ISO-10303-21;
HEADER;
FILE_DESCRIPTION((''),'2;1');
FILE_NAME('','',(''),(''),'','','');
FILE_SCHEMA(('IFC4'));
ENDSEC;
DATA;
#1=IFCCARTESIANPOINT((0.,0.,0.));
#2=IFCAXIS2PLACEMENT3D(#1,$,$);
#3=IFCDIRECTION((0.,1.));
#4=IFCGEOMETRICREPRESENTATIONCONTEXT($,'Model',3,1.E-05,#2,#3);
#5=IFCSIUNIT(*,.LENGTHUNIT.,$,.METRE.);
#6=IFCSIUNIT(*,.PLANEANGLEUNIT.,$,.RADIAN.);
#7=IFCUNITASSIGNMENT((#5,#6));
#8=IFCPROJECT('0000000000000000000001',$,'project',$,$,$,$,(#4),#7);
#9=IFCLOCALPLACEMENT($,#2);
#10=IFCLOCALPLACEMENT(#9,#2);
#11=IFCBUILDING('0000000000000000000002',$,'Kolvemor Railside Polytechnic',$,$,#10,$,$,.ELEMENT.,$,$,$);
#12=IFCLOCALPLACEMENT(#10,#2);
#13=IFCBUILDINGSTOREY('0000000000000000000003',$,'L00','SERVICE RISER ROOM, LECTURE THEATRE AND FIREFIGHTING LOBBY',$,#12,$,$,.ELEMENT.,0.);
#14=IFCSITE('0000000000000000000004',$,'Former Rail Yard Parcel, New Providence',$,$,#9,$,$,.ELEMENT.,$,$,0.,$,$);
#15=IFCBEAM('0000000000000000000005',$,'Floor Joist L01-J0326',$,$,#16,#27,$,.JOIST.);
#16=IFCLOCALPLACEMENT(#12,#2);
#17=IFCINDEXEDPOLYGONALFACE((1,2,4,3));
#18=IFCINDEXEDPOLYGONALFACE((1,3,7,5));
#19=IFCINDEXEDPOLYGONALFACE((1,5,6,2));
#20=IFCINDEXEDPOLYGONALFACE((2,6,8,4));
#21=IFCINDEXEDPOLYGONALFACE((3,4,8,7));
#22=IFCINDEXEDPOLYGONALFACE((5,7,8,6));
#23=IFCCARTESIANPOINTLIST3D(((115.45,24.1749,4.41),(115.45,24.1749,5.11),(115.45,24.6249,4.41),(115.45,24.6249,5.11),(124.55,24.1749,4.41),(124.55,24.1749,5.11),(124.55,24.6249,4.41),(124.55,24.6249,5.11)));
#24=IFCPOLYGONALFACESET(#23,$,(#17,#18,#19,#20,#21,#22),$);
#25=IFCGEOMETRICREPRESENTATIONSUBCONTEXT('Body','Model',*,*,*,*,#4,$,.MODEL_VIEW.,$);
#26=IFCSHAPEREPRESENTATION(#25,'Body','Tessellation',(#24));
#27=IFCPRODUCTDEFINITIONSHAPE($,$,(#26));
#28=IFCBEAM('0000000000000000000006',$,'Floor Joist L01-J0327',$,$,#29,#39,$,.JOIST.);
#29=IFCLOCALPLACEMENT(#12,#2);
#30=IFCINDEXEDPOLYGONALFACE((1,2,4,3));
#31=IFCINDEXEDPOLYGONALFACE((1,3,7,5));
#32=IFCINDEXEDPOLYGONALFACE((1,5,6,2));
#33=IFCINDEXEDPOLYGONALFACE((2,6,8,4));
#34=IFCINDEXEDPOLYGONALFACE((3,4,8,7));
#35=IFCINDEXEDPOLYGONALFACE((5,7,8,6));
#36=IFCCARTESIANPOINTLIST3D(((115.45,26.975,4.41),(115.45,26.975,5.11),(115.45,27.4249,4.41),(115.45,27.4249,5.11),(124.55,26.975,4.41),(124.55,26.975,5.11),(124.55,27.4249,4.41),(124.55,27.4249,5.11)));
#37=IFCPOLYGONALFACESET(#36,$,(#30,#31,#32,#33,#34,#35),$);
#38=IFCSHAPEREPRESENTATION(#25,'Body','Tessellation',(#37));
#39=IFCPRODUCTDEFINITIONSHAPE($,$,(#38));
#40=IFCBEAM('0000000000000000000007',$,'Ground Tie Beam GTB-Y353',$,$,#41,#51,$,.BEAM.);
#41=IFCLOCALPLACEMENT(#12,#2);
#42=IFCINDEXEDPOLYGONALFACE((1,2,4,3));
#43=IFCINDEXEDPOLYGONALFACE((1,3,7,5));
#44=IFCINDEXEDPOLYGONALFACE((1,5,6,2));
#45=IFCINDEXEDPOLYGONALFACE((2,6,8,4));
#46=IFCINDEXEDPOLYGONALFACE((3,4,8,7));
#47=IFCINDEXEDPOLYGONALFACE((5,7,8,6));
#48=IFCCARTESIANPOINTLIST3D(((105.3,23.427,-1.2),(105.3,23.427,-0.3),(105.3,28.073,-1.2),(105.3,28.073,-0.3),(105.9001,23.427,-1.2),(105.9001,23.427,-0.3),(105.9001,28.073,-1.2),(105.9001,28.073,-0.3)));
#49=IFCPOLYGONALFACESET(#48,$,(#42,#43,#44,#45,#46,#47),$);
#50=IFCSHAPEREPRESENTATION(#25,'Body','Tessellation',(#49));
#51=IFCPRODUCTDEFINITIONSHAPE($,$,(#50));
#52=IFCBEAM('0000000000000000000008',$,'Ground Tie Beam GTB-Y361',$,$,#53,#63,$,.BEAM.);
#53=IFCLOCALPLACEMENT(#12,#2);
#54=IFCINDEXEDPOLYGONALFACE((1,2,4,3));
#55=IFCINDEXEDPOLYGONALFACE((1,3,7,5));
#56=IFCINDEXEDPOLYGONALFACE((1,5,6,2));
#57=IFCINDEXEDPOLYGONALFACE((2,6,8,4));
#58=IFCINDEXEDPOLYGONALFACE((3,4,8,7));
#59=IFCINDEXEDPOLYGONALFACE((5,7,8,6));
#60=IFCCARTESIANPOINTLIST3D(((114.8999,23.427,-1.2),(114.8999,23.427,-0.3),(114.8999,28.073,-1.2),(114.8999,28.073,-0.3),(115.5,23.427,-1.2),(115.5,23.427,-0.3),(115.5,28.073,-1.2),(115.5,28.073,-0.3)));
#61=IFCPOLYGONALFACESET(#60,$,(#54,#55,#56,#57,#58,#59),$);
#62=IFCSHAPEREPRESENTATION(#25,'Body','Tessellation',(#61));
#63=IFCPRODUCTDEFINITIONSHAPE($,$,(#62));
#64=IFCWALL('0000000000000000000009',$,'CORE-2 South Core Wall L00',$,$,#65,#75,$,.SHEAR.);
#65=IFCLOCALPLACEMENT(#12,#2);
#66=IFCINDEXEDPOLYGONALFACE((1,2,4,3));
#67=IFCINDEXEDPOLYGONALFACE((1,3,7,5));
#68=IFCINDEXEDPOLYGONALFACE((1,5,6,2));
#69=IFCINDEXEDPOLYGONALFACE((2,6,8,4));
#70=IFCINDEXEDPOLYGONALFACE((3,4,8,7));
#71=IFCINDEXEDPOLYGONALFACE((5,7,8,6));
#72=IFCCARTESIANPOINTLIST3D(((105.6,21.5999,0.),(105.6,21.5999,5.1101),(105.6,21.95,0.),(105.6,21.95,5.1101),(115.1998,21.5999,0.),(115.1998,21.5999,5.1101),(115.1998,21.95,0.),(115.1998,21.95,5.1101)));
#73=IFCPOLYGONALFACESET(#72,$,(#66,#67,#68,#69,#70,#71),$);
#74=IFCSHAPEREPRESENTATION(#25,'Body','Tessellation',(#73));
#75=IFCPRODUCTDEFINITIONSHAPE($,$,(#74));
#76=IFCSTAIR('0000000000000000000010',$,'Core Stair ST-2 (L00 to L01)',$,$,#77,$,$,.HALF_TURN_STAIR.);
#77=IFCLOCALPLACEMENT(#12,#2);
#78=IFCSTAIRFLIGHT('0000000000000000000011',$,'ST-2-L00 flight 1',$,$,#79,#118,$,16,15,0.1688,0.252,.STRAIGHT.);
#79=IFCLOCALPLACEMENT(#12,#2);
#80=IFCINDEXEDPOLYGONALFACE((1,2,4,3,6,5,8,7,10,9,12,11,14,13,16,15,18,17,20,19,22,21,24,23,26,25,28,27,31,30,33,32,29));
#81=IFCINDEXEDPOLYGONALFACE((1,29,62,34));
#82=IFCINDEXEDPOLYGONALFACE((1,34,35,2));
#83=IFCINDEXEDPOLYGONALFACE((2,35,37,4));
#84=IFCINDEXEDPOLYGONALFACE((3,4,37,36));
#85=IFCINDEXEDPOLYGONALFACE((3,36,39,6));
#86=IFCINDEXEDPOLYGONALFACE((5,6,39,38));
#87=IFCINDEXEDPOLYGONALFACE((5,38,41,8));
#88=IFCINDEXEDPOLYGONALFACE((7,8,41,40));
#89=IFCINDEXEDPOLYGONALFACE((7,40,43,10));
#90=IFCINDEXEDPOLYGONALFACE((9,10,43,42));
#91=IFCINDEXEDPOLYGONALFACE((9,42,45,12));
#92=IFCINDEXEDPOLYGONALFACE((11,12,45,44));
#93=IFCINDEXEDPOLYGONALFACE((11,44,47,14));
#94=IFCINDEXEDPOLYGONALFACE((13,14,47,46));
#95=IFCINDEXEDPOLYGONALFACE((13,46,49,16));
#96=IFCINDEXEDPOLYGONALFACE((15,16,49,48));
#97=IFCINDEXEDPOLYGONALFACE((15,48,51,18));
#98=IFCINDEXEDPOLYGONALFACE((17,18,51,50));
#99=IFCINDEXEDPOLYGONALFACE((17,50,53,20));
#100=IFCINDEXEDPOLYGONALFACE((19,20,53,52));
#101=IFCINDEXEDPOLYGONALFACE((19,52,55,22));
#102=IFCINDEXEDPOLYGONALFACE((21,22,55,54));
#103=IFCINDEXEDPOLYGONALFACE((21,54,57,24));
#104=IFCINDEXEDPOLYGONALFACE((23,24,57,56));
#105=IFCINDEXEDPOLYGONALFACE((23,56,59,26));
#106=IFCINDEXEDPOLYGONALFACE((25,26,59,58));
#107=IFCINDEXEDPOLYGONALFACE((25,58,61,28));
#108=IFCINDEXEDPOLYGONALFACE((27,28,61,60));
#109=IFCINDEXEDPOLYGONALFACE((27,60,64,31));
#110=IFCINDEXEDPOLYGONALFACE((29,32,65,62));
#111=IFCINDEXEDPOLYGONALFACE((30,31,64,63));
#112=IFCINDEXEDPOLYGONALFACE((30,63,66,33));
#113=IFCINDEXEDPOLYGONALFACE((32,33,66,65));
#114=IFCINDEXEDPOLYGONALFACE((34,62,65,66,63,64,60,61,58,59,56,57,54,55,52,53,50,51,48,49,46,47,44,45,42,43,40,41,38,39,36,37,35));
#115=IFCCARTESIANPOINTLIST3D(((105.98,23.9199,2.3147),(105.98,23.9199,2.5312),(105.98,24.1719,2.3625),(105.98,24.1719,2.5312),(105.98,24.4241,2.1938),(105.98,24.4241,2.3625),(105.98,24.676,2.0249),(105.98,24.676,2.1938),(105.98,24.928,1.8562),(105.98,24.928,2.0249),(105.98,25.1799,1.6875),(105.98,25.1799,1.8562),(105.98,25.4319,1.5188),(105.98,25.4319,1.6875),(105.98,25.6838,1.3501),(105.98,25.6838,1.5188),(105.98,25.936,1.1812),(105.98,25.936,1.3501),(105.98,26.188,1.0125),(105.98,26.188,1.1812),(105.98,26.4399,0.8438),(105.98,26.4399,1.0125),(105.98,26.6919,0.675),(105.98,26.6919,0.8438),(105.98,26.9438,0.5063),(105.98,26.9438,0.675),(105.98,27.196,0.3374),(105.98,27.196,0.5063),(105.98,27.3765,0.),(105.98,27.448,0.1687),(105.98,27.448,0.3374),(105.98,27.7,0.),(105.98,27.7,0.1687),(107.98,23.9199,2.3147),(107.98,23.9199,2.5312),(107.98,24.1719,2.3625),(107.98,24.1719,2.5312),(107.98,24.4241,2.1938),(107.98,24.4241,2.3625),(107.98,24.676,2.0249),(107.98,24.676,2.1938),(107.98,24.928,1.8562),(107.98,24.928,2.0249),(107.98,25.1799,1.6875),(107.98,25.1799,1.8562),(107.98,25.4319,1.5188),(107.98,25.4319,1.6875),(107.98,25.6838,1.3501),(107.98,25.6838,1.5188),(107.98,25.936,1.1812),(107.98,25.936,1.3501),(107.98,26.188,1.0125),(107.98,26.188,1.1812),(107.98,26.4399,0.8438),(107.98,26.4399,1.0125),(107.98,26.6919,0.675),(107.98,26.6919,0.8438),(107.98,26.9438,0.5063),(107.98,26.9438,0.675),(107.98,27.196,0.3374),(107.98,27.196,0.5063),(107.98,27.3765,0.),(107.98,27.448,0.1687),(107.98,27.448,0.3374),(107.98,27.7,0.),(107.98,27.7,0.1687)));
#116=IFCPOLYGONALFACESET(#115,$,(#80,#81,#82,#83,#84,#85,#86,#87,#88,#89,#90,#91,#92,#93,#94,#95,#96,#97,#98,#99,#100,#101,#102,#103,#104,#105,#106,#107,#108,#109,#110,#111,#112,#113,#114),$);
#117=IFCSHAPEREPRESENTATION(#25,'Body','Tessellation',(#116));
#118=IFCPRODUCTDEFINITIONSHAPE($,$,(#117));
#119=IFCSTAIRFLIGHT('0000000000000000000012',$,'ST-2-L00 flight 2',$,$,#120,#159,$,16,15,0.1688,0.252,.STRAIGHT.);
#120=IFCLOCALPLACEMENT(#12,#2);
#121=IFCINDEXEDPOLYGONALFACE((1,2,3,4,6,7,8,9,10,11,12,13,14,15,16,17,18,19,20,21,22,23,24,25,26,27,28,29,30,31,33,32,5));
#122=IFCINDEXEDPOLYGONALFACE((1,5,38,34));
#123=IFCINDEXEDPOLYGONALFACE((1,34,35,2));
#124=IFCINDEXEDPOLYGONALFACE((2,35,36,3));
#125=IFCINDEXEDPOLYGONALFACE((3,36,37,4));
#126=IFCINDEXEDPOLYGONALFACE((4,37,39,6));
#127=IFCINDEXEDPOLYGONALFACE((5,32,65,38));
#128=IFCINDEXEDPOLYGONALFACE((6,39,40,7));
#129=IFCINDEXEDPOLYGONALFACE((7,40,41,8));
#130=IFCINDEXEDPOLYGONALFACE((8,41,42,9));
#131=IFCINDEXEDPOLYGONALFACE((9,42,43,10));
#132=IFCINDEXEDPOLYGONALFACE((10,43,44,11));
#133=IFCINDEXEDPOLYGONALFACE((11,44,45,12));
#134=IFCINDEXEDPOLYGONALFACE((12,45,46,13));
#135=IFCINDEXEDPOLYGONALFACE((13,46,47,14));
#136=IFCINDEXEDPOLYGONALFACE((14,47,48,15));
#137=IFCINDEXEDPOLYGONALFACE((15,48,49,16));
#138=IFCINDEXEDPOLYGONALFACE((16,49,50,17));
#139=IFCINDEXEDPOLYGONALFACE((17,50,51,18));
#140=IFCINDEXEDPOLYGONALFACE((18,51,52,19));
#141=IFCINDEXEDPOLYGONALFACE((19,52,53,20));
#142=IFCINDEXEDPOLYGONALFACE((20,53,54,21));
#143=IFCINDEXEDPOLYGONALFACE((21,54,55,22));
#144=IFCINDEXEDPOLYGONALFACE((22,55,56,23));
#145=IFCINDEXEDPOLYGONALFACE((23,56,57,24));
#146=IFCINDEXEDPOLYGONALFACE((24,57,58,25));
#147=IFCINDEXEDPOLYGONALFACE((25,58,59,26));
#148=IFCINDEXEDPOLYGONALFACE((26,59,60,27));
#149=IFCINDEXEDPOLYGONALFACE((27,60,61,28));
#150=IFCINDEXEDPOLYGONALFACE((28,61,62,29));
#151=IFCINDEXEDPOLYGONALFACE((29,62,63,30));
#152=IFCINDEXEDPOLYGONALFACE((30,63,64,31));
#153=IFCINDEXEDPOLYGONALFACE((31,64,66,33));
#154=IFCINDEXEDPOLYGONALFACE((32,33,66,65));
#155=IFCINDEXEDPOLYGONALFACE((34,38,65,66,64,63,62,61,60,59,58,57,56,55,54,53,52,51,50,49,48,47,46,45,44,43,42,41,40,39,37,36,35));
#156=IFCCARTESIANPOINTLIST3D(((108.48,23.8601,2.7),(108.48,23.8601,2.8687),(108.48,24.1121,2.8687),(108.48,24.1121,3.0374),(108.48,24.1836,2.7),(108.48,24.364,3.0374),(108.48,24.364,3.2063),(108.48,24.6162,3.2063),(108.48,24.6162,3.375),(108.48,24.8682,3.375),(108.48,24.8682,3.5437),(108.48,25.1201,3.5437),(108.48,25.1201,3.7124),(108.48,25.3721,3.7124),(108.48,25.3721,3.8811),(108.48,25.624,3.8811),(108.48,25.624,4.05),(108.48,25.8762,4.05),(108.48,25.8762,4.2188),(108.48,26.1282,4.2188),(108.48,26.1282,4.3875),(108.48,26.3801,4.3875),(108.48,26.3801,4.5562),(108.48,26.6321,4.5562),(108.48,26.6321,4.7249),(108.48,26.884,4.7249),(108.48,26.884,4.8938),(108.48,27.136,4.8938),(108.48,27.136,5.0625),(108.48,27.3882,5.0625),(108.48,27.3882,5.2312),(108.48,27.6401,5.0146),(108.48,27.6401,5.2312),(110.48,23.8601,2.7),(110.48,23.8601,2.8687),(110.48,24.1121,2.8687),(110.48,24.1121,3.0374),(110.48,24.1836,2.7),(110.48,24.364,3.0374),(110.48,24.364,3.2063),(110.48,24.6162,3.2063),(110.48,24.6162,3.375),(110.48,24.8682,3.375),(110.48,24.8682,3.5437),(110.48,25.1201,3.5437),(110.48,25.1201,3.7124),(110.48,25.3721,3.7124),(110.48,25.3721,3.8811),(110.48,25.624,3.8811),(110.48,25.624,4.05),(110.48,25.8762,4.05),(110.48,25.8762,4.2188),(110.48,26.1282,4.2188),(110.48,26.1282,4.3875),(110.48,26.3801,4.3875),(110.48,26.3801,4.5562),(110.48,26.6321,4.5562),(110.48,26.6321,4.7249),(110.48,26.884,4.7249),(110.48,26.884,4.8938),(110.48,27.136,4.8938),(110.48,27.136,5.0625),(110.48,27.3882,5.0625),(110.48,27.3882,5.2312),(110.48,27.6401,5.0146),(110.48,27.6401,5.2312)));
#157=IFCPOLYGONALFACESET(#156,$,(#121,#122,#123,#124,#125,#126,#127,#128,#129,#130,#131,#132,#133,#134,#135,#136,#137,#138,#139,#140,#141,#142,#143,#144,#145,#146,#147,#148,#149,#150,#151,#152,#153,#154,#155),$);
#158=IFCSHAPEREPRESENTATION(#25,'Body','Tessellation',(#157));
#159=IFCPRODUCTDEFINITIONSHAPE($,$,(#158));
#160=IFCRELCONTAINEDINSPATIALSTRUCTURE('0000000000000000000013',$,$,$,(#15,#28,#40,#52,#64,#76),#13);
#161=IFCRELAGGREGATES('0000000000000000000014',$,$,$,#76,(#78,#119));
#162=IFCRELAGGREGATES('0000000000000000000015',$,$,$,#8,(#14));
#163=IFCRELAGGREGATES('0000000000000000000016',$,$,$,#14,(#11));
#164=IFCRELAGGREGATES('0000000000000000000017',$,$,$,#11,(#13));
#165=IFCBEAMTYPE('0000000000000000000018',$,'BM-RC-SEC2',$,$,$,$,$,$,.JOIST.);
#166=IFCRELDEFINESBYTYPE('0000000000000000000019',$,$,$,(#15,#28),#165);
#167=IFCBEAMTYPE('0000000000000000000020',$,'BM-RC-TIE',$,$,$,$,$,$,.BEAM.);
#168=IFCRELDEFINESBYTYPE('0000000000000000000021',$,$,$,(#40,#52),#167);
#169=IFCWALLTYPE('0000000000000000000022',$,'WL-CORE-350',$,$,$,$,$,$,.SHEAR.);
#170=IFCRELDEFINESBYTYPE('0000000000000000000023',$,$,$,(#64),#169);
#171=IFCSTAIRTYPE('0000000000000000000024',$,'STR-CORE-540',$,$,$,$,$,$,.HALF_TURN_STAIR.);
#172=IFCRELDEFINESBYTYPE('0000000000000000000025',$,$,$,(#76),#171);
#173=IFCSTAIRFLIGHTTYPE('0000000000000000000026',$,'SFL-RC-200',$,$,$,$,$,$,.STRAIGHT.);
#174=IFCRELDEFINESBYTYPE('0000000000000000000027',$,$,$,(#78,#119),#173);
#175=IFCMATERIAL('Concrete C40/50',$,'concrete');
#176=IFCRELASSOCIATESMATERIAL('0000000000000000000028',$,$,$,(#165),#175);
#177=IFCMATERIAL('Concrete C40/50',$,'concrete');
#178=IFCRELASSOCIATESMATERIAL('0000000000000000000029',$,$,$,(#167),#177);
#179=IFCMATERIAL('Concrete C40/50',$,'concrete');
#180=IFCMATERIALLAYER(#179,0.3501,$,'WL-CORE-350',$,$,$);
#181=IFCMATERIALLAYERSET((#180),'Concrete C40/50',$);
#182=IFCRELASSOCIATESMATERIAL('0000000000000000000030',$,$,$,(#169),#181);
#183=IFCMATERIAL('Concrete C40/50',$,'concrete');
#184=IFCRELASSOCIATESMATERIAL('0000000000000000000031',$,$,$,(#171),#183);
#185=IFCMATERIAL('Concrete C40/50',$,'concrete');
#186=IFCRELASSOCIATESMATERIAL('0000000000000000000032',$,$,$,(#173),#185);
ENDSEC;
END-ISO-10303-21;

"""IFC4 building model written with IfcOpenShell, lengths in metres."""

from ifc_helpers import new_model, si_unit, direction, frame, frame_2d, origin, origin_2d, place, context, subcontext, project, spatial, polyline, rectangle, outline, extrude, material, layer, layer_set, material_profile, profile_set, type_object, element, aggregate, save


model = new_model("IFC4")

# Units and contexts
model_context = context("Model", 3, precision=1e-05, world=origin(), true_north=direction((0.0, 1.0)))
body_context = subcontext(model_context, "Body", "Model", "MODEL_VIEW")
ifc_project = project(units=[si_unit("LENGTHUNIT", "METRE"), si_unit("PLANEANGLEUNIT", "RADIAN")], contexts=[model_context])

# Site, building, storey
site_placement = place(None, origin())
site = spatial("IfcSite", under=ifc_project, at=site_placement, Name="Former Rail Yard Parcel, New Providence", CompositionType="ELEMENT", RefElevation=0.0)
building_placement = place(site_placement, origin())
building = spatial("IfcBuilding", under=site, at=building_placement, Name="Kolvemor Railside Polytechnic", CompositionType="ELEMENT")
storey_placement = place(building_placement, origin())
storey = spatial("IfcBuildingStorey", under=building, at=storey_placement, Name="L00", Description="SERVICE RISER ROOM, LECTURE THEATRE AND FIREFIGHTING LOBBY", CompositionType="ELEMENT", Elevation=0.0)

# Beams
ifc_material_1 = material(Name="Concrete C40/50", Category="concrete")
ifc_material_profile_1 = material_profile(ifc_material_1, rectangle(XDim=0.45, YDim=0.7, at=origin_2d()), Name="RC450x700")
ifc_profile_set_1 = profile_set([ifc_material_profile_1], Name="Concrete C40/50")
beam_type_1 = type_object("IfcBeamType", Name="BM-RC-SEC2", PredefinedType="JOIST", material=ifc_profile_set_1)
for number, where, z_axis, x_axis, name in (
    (1, (115.45, 24.3999, 4.76), (1.0, 0.0, 0.0), (0.0, 1.0, 0.0), "Floor Joist L01-J0326"),
    (2, (115.45, 27.2, 4.76), (1.0, 0.0, 0.0), (0.0, 1.0, 0.0), "Floor Joist L01-J0327"),
):
    element("IfcBeam", number, at=place(storey_placement, frame(where, z_axis=z_axis, x_axis=x_axis)), inside=storey, type_object=beam_type_1, Name=name, PredefinedType="JOIST", context=body_context, shape_type="SweptSolid", body=[
        extrude(rectangle(XDim=0.45, YDim=0.7, at=origin_2d()), origin(), (0.0, 0.0, 1.0), 9.1001),
    ])
ifc_material_2 = material(Name="Concrete C40/50", Category="concrete")
ifc_material_profile_2 = material_profile(ifc_material_2, rectangle(XDim=0.6001, YDim=0.8999, at=origin_2d()), Name="RC600x900")
ifc_profile_set_2 = profile_set([ifc_material_profile_2], Name="Concrete C40/50")
beam_type_2 = type_object("IfcBeamType", Name="BM-RC-TIE", PredefinedType="BEAM", material=ifc_profile_set_2)
for number, where, z_axis, x_axis, name in (
    (3, (105.6001, 23.427, -0.75), (0.0, 1.0, 0.0), (-1.0, 0.0, 0.0), "Ground Tie Beam GTB-Y353"),
    (4, (115.2, 23.427, -0.75), (0.0, 1.0, 0.0), (-1.0, 0.0, 0.0), "Ground Tie Beam GTB-Y361"),
):
    element("IfcBeam", number, at=place(storey_placement, frame(where, z_axis=z_axis, x_axis=x_axis)), inside=storey, type_object=beam_type_2, Name=name, PredefinedType="BEAM", context=body_context, shape_type="SweptSolid", body=[
        extrude(rectangle(XDim=0.6001, YDim=0.8999, at=origin_2d()), origin(), (0.0, 0.0, 1.0), 4.646),
    ])

# Wall
ifc_material_3 = material(Name="Concrete C40/50", Category="concrete")
ifc_layer_1 = layer(ifc_material_3, 0.3501, Name="WL-CORE-350")
ifc_layer_set_1 = layer_set([ifc_layer_1], Name="Concrete C40/50")
wall_type_1 = type_object("IfcWallType", Name="WL-CORE-350", PredefinedType="SHEAR", material=ifc_layer_set_1)
wall_1_placement = place(storey_placement, frame((105.6001, 21.7749, 0.0), z_axis=(0.0, 0.0, 1.0), x_axis=(1.0, 0.0, 0.0)))
element("IfcWall", 5, at=wall_1_placement, inside=storey, type_object=wall_type_1, Name="CORE-2 South Core Wall L00", PredefinedType="SHEAR", context=body_context, shape_type="SweptSolid", body=[
    extrude(rectangle(XDim=9.5999, YDim=0.3501, at=frame_2d((4.7998, 0.0))), origin(), (0.0, 0.0, 1.0), 5.1101),
])

# Stair, stair flights
ifc_material_4 = material(Name="Concrete C40/50", Category="concrete")
stair_type = type_object("IfcStairType", Name="STR-CORE-540", PredefinedType="HALF_TURN_STAIR", material=ifc_material_4)
stair_placement = place(storey_placement, origin())
stair = element("IfcStair", 6, at=stair_placement, inside=storey, type_object=stair_type, Name="Core Stair ST-2 (L00 to L01)", PredefinedType="HALF_TURN_STAIR")
ifc_material_5 = material(Name="Concrete C40/50", Category="concrete")
stair_flight_type = type_object("IfcStairFlightType", Name="SFL-RC-200", PredefinedType="STRAIGHT", material=ifc_material_5)
stair_flight_1_placement = place(storey_placement, frame((106.98, 27.7, 0.0), z_axis=(0.0, 0.0, 1.0), x_axis=(0.0, -1.0, 0.0)))
stair_flight_1 = element("IfcStairFlight", 7, at=stair_flight_1_placement, type_object=stair_flight_type, Name="ST-2-L00 flight 1", NumberOfRisers=16, NumberOfTreads=15, PredefinedType="STRAIGHT", RiserHeight=0.1688, TreadLength=0.252, context=body_context, shape_type="SweptSolid", body=[
    extrude(outline(polyline([(0.0, 0.0), (0.0, 0.1687), (0.252, 0.1687), (0.252, 0.3374), (0.5039, 0.3374), (0.5039, 0.5063), (0.7561, 0.5063), (0.7561, 0.675), (1.0081, 0.675), (1.0081, 0.8438), (1.26, 0.8438), (1.26, 1.0125), (1.512, 1.0125), (1.512, 1.1812), (1.7639, 1.1812), (1.7639, 1.3501), (2.0161, 1.3501), (2.0161, 1.5188), (2.2681, 1.5188), (2.2681, 1.6875), (2.52, 1.6875), (2.52, 1.8562), (2.772, 1.8562), (2.772, 2.0249), (3.0239, 2.0249), (3.0239, 2.1938), (3.2759, 2.1938), (3.2759, 2.3625), (3.5281, 2.3625), (3.5281, 2.5312), (3.78, 2.5312), (3.78, 2.7), (3.78, 2.3147), (0.3235, 0.0), (0.0, 0.0)])), frame((0.0, 1.0, 0.0), z_axis=(0.0, -1.0, 0.0), x_axis=(1.0, 0.0, 0.0)), (0.0, 0.0, 1.0), 2.0),
])
stair_flight_2_placement = place(storey_placement, frame((109.48, 23.8601, 2.7), z_axis=(0.0, 0.0, 1.0), x_axis=(0.0, 1.0, 0.0)))
stair_flight_2 = element("IfcStairFlight", 8, at=stair_flight_2_placement, type_object=stair_flight_type, Name="ST-2-L00 flight 2", NumberOfRisers=16, NumberOfTreads=15, PredefinedType="STRAIGHT", RiserHeight=0.1688, TreadLength=0.252, context=body_context, shape_type="SweptSolid", body=[
    extrude(outline(polyline([(0.0, 0.0), (0.0, 0.1687), (0.252, 0.1687), (0.252, 0.3374), (0.5039, 0.3374), (0.5039, 0.5063), (0.7561, 0.5063), (0.7561, 0.675), (1.0081, 0.675), (1.0081, 0.8438), (1.26, 0.8438), (1.26, 1.0125), (1.512, 1.0125), (1.512, 1.1812), (1.7639, 1.1812), (1.7639, 1.3501), (2.0161, 1.3501), (2.0161, 1.5188), (2.2681, 1.5188), (2.2681, 1.6875), (2.52, 1.6875), (2.52, 1.8562), (2.772, 1.8562), (2.772, 2.0249), (3.0239, 2.0249), (3.0239, 2.1938), (3.2759, 2.1938), (3.2759, 2.3625), (3.5281, 2.3625), (3.5281, 2.5312), (3.78, 2.5312), (3.78, 2.7), (3.78, 2.3147), (0.3235, 0.0), (0.0, 0.0)])), frame((0.0, 1.0, 0.0), z_axis=(0.0, -1.0, 0.0), x_axis=(1.0, 0.0, 0.0)), (0.0, 0.0, 1.0), 2.0),
])
aggregate(stair, [stair_flight_1, stair_flight_2])

save(model, "model.ifc")
